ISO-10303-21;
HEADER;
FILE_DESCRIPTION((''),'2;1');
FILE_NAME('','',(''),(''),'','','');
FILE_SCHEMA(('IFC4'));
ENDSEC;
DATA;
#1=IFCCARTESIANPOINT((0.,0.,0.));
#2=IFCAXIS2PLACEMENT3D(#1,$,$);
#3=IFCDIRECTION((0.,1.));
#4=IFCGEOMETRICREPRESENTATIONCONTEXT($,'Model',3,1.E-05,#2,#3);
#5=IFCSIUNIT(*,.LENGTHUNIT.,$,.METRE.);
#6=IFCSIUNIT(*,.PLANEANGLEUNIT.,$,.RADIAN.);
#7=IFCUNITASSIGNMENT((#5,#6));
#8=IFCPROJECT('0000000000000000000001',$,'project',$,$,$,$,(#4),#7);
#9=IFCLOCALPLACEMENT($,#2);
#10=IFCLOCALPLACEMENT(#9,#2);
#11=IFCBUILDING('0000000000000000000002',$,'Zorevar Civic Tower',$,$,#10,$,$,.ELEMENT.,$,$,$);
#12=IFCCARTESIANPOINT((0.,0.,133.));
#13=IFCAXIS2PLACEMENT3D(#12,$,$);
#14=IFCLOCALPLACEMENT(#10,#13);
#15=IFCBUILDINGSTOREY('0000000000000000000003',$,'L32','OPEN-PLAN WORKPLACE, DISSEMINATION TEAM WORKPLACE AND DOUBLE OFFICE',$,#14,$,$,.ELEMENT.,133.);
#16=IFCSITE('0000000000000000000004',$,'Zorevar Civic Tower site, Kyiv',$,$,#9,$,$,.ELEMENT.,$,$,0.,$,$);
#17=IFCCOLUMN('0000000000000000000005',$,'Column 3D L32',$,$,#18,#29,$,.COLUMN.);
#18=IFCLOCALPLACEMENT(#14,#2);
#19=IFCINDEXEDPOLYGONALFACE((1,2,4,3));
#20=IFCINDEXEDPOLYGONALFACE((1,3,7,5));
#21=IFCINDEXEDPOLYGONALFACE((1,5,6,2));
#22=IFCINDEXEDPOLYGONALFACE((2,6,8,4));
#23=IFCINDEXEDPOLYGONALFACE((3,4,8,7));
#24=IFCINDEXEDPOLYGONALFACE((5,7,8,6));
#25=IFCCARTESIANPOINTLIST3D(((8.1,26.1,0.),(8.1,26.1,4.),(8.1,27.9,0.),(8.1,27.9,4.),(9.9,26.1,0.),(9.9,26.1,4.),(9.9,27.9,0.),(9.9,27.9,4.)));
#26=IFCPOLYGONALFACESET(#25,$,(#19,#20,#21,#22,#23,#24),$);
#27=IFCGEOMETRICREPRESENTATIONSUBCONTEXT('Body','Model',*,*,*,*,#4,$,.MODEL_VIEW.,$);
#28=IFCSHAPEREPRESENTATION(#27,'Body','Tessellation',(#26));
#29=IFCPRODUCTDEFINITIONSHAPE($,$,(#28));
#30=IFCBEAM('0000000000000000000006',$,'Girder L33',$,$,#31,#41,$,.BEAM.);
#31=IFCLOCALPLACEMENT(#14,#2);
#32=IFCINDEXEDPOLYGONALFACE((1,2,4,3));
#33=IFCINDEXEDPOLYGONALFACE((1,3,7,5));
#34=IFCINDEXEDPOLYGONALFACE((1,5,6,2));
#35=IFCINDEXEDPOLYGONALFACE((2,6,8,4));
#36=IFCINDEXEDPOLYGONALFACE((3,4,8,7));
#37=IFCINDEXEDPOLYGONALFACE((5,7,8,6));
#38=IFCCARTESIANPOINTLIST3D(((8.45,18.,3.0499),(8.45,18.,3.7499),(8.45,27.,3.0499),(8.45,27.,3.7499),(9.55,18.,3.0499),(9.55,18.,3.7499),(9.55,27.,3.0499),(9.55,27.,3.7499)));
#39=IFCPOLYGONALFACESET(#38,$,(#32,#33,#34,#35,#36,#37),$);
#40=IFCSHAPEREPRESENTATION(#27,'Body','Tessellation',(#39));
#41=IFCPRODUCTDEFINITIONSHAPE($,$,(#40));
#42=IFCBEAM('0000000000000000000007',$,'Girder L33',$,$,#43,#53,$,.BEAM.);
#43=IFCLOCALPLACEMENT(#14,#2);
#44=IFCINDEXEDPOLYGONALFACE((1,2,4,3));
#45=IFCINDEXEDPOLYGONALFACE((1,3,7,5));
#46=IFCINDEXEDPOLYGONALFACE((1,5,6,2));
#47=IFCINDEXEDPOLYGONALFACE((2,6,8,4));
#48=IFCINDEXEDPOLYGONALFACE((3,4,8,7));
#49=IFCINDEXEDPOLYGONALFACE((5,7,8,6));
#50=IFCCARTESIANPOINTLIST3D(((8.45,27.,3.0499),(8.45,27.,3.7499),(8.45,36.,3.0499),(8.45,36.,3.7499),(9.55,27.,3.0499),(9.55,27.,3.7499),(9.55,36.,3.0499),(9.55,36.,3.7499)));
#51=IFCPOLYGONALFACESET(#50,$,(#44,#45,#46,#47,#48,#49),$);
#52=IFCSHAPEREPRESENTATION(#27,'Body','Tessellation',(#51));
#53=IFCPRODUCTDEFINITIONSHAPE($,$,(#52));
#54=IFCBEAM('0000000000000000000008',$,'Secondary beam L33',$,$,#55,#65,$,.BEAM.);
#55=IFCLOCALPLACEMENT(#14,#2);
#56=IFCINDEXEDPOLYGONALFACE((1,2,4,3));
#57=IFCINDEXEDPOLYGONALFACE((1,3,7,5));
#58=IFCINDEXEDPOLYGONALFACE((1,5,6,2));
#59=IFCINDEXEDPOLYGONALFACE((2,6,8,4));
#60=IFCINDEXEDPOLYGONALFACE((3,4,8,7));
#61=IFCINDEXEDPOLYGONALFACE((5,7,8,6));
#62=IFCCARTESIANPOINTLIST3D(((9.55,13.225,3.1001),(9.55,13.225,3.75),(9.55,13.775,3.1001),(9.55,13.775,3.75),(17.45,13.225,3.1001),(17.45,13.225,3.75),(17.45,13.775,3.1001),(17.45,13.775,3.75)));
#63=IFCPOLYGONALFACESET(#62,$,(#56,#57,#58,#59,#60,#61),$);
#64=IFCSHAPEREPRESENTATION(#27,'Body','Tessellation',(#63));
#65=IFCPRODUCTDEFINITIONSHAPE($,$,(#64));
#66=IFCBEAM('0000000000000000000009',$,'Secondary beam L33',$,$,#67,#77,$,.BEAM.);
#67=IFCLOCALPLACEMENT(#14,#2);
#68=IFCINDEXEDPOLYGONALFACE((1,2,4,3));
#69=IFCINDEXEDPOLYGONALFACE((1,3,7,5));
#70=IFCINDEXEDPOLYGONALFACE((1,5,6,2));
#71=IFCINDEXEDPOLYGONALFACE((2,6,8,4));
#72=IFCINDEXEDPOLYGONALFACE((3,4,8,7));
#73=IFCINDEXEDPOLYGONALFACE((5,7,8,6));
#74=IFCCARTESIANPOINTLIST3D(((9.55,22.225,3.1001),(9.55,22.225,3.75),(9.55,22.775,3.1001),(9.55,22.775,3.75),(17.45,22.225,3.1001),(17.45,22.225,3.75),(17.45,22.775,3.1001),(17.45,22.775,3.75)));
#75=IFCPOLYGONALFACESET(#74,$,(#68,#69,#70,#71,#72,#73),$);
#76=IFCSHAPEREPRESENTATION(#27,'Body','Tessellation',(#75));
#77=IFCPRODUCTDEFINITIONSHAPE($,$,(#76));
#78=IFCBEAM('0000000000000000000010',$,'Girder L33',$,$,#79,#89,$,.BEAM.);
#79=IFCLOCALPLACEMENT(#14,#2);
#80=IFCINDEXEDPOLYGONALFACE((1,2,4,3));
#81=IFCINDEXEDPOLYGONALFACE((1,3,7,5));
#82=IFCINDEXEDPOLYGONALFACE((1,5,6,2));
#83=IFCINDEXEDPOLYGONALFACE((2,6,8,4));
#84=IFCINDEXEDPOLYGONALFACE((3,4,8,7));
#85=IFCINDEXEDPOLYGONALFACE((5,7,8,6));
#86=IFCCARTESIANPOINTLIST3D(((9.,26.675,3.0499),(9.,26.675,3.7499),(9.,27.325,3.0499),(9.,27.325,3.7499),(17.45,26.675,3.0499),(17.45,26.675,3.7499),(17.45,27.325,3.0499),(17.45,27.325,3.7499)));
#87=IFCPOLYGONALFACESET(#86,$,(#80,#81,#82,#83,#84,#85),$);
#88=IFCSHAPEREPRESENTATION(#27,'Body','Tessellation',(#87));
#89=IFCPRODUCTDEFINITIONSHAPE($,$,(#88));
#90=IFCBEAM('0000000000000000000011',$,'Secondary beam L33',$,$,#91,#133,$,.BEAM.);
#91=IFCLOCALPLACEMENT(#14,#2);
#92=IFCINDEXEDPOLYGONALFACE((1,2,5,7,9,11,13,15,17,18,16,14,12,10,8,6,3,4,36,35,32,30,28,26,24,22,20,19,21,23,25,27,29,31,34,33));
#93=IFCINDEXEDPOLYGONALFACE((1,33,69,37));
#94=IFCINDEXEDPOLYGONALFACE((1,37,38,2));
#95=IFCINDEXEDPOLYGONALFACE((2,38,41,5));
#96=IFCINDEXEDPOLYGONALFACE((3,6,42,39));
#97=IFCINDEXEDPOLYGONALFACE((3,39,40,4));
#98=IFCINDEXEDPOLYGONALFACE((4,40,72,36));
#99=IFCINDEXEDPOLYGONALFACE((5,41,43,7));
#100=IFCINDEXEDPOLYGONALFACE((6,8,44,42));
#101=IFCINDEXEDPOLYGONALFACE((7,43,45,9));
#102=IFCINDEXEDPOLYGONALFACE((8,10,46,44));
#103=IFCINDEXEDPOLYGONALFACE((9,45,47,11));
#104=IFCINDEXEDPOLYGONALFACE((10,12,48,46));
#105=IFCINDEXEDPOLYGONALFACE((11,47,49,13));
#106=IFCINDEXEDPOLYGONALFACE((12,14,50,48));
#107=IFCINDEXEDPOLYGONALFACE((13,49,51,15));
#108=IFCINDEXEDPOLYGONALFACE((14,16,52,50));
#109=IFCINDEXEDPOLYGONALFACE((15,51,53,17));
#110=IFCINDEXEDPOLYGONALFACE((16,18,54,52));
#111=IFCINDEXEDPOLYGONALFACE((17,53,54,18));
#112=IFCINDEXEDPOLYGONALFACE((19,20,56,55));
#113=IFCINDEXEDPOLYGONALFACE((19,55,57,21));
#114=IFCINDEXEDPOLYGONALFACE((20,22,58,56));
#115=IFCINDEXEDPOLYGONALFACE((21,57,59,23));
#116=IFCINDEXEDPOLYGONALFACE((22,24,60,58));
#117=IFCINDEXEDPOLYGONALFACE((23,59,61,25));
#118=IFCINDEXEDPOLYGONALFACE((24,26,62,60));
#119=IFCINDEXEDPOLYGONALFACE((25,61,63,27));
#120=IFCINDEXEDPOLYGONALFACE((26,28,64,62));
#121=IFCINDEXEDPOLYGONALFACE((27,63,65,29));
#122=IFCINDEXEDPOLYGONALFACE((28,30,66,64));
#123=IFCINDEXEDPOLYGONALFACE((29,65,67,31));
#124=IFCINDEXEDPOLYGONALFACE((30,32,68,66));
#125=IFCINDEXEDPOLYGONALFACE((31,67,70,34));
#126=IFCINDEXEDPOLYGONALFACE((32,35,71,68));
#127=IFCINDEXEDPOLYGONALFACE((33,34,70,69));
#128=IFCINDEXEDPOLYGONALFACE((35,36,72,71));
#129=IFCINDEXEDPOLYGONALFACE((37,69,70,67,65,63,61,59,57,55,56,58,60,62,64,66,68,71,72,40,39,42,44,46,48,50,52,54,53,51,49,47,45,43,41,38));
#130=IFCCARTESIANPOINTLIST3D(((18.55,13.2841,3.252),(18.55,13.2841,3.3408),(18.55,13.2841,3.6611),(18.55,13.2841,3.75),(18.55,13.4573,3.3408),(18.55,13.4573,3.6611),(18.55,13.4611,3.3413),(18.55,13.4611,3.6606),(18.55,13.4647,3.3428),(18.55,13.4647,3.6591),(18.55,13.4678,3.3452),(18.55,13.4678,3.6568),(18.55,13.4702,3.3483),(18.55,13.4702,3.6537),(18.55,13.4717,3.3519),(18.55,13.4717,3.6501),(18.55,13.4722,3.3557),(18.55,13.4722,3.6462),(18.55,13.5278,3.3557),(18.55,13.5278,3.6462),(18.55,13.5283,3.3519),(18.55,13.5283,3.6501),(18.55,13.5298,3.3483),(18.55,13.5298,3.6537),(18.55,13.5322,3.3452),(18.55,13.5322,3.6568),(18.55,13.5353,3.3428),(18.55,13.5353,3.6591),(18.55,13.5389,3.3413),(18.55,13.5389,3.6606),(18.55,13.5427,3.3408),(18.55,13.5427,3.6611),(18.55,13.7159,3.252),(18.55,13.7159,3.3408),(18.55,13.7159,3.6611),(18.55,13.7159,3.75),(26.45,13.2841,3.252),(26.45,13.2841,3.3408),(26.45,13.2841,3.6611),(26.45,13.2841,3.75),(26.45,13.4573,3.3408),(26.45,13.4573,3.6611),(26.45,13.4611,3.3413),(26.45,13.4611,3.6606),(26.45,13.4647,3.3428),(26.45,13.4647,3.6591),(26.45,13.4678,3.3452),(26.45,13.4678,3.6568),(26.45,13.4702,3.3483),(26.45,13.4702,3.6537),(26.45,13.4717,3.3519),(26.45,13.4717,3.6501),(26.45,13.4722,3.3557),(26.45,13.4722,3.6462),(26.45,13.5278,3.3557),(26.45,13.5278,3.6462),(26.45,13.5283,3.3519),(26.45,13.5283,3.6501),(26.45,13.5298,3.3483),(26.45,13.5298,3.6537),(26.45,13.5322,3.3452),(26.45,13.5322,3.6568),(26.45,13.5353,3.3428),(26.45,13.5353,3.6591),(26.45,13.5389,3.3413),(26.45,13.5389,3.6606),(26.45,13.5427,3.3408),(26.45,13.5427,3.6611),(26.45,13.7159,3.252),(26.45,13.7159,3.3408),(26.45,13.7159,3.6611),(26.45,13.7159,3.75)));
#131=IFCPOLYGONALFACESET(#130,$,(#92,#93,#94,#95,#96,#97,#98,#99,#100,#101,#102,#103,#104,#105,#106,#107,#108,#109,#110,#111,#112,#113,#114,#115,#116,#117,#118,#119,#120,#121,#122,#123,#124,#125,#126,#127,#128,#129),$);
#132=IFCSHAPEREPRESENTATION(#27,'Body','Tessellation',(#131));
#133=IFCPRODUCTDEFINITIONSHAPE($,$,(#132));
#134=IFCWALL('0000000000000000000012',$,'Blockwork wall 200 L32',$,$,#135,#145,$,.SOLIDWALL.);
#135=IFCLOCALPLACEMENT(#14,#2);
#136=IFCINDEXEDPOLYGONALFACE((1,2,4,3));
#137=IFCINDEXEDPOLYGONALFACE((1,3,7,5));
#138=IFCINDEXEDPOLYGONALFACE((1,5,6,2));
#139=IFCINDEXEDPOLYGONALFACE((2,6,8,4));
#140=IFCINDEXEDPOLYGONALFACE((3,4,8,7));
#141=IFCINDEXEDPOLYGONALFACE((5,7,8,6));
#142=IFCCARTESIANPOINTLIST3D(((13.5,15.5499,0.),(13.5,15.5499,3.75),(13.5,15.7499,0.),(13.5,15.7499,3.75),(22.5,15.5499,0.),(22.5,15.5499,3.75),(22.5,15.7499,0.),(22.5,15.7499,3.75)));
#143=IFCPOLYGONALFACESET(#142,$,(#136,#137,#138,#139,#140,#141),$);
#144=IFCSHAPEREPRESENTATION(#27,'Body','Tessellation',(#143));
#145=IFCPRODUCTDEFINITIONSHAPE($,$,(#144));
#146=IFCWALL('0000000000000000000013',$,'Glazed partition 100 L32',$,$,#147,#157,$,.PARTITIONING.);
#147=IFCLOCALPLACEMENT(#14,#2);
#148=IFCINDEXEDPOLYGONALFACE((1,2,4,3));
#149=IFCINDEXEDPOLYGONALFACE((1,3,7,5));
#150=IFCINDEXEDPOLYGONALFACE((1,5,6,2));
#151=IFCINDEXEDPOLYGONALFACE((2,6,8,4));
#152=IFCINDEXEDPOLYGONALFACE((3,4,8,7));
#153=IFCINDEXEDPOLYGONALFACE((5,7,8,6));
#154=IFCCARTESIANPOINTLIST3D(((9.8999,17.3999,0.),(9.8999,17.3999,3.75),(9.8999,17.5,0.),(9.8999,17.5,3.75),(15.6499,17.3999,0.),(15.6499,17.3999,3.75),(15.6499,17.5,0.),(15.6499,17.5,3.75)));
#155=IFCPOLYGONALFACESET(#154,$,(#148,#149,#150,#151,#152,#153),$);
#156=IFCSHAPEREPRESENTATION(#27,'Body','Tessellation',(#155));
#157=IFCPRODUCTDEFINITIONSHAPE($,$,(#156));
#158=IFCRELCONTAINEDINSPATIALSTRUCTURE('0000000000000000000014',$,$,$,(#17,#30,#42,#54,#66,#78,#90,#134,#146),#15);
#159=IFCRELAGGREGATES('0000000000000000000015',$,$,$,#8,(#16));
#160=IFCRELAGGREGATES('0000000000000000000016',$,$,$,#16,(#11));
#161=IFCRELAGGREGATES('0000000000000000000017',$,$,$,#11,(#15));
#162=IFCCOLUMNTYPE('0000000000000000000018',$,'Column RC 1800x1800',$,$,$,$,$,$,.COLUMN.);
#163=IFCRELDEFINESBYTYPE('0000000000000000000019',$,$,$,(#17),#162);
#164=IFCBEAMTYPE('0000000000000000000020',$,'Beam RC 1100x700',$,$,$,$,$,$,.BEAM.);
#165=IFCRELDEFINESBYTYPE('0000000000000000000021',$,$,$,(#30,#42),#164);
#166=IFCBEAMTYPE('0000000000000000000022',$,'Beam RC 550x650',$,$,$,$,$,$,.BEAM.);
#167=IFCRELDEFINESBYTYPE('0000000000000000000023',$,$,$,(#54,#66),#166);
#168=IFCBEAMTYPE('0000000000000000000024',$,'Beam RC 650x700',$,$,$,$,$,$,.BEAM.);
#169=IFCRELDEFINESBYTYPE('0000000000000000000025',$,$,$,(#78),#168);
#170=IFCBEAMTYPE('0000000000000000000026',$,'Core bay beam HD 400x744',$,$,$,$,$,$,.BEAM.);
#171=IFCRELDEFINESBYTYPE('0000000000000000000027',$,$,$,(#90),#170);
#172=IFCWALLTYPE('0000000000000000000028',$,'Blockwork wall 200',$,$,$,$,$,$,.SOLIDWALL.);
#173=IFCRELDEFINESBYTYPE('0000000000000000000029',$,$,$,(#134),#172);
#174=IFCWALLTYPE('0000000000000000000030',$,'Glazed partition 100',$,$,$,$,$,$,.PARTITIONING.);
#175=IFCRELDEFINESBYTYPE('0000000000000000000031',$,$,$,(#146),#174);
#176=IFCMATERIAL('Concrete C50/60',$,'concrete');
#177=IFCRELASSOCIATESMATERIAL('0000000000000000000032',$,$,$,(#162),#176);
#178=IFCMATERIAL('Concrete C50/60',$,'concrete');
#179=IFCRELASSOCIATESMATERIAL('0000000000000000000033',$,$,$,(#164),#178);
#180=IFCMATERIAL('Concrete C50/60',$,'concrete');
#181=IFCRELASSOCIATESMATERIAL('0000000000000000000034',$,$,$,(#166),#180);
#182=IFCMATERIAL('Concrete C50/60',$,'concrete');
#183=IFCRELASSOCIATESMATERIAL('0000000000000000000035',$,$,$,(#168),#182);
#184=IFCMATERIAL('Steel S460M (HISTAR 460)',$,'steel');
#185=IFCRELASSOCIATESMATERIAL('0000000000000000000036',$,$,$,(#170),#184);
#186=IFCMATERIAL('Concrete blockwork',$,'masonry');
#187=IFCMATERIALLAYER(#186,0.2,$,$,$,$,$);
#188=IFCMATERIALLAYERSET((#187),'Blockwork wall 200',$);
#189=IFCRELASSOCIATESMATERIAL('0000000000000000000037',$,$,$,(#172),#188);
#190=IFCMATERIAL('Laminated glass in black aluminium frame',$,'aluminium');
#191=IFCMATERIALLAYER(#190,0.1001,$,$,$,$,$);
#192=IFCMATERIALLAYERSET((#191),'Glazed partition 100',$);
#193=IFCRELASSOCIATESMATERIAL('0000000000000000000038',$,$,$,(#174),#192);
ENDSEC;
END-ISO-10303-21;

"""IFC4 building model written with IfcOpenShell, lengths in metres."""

from ifc_helpers import new_model, si_unit, direction, frame, frame_2d, origin, origin_2d, place, context, subcontext, project, spatial, rectangle, i_section, extrude, material, layer, layer_set, material_profile, profile_set, type_object, element, save


model = new_model("IFC4")

# Units and contexts
model_context = context("Model", 3, precision=1e-05, world=origin(), true_north=direction((0.0, 1.0)))
body_context = subcontext(model_context, "Body", "Model", "MODEL_VIEW")
ifc_project = project(units=[si_unit("LENGTHUNIT", "METRE"), si_unit("PLANEANGLEUNIT", "RADIAN")], contexts=[model_context])

# Site, building, storey
site_placement = place(None, origin())
site = spatial("IfcSite", under=ifc_project, at=site_placement, Name="Zorevar Civic Tower site, Kyiv", CompositionType="ELEMENT", RefElevation=0.0)
building_placement = place(site_placement, origin())
building = spatial("IfcBuilding", under=site, at=building_placement, Name="Zorevar Civic Tower", CompositionType="ELEMENT")
storey_placement = place(building_placement, frame((0.0, 0.0, 133.0)))
storey = spatial("IfcBuildingStorey", under=building, at=storey_placement, Name="L32", Description="OPEN-PLAN WORKPLACE, DISSEMINATION TEAM WORKPLACE AND DOUBLE OFFICE", CompositionType="ELEMENT", Elevation=133.0)

# Column
ifc_material_1 = material(Name="Concrete C50/60", Category="concrete")
ifc_material_profile_1 = material_profile(ifc_material_1, rectangle(XDim=1.8, YDim=1.8, at=origin_2d()), Name="RC 1800x1800")
ifc_profile_set_1 = profile_set([ifc_material_profile_1], Name="Concrete C50/60")
column_type = type_object("IfcColumnType", Name="Column RC 1800x1800", PredefinedType="COLUMN", material=ifc_profile_set_1)
column_placement = place(storey_placement, frame((9.0, 27.0, 0.0), z_axis=(0.0, 0.0, 1.0), x_axis=(1.0, 0.0, 0.0)))
element("IfcColumn", 1, at=column_placement, inside=storey, type_object=column_type, Name="Column 3D L32", PredefinedType="COLUMN", context=body_context, shape_type="SweptSolid", body=[
    extrude(rectangle(XDim=1.8, YDim=1.8, at=origin_2d()), origin(), (0.0, 0.0, 1.0), 4.0),
])

# Beams
ifc_material_2 = material(Name="Concrete C50/60", Category="concrete")
ifc_material_profile_2 = material_profile(ifc_material_2, rectangle(XDim=1.1001, YDim=0.7, at=origin_2d()), Name="RC 1100x700")
ifc_profile_set_2 = profile_set([ifc_material_profile_2], Name="Concrete C50/60")
beam_type_1 = type_object("IfcBeamType", Name="Beam RC 1100x700", PredefinedType="BEAM", material=ifc_profile_set_2)
for number, where, z_axis, x_axis, name in (
    (2, (9.0, 18.0, 3.3999), (0.0, 1.0, 0.0), (-1.0, 0.0, 0.0), "Girder L33"),
    (3, (9.0, 27.0, 3.3999), (0.0, 1.0, 0.0), (-1.0, 0.0, 0.0), "Girder L33"),
):
    element("IfcBeam", number, at=place(storey_placement, frame(where, z_axis=z_axis, x_axis=x_axis)), inside=storey, type_object=beam_type_1, Name=name, PredefinedType="BEAM", context=body_context, shape_type="SweptSolid", body=[
        extrude(rectangle(XDim=1.1001, YDim=0.7, at=origin_2d()), origin(), (0.0, 0.0, 1.0), 9.0),
    ])
ifc_material_3 = material(Name="Concrete C50/60", Category="concrete")
ifc_material_profile_3 = material_profile(ifc_material_3, rectangle(XDim=0.55, YDim=0.6499, at=origin_2d()), Name="RC 550x650")
ifc_profile_set_3 = profile_set([ifc_material_profile_3], Name="Concrete C50/60")
beam_type_2 = type_object("IfcBeamType", Name="Beam RC 550x650", PredefinedType="BEAM", material=ifc_profile_set_3)
for number, where, z_axis, x_axis, name in (
    (4, (9.55, 13.5, 3.425), (1.0, 0.0, 0.0), (0.0, 1.0, 0.0), "Secondary beam L33"),
    (5, (9.55, 22.5, 3.425), (1.0, 0.0, 0.0), (0.0, 1.0, 0.0), "Secondary beam L33"),
):
    element("IfcBeam", number, at=place(storey_placement, frame(where, z_axis=z_axis, x_axis=x_axis)), inside=storey, type_object=beam_type_2, Name=name, PredefinedType="BEAM", context=body_context, shape_type="SweptSolid", body=[
        extrude(rectangle(XDim=0.55, YDim=0.6499, at=origin_2d()), origin(), (0.0, 0.0, 1.0), 7.8999),
    ])
ifc_material_4 = material(Name="Concrete C50/60", Category="concrete")
ifc_material_profile_4 = material_profile(ifc_material_4, rectangle(XDim=0.6499, YDim=0.7, at=origin_2d()), Name="RC 650x700")
ifc_profile_set_4 = profile_set([ifc_material_profile_4], Name="Concrete C50/60")
beam_type_3 = type_object("IfcBeamType", Name="Beam RC 650x700", PredefinedType="BEAM", material=ifc_profile_set_4)
beam_1_placement = place(storey_placement, frame((9.0, 27.0, 3.3999), z_axis=(1.0, 0.0, 0.0), x_axis=(0.0, 1.0, 0.0)))
element("IfcBeam", 6, at=beam_1_placement, inside=storey, type_object=beam_type_3, Name="Girder L33", PredefinedType="BEAM", context=body_context, shape_type="SweptSolid", body=[
    extrude(rectangle(XDim=0.6499, YDim=0.7, at=origin_2d()), origin(), (0.0, 0.0, 1.0), 8.45),
])
ifc_material_5 = material(Name="Steel S460M (HISTAR 460)", Category="steel")
ifc_material_profile_5 = material_profile(ifc_material_5, i_section(OverallWidth=0.4319, OverallDepth=0.498, WebThickness=0.0557, FlangeThickness=0.0889, FilletRadius=0.0149, at=origin_2d()), Name="HD 400x744")
ifc_profile_set_5 = profile_set([ifc_material_profile_5], Name="Steel S460M (HISTAR 460)")
beam_type_4 = type_object("IfcBeamType", Name="Core bay beam HD 400x744", PredefinedType="BEAM", material=ifc_profile_set_5)
beam_2_placement = place(storey_placement, frame((18.55, 13.5, 3.501), z_axis=(1.0, 0.0, 0.0), x_axis=(0.0, 1.0, 0.0)))
element("IfcBeam", 7, at=beam_2_placement, inside=storey, type_object=beam_type_4, Name="Secondary beam L33", PredefinedType="BEAM", context=body_context, shape_type="SweptSolid", body=[
    extrude(i_section(OverallWidth=0.4319, OverallDepth=0.498, WebThickness=0.0557, FlangeThickness=0.0889, FilletRadius=0.0149, at=origin_2d()), origin(), (0.0, 0.0, 1.0), 7.8999),
])

# Wall
ifc_material_6 = material(Name="Concrete blockwork", Category="masonry")
ifc_layer_1 = layer(ifc_material_6, 0.2)
ifc_layer_set_1 = layer_set([ifc_layer_1], Name="Blockwork wall 200")
wall_type_1 = type_object("IfcWallType", Name="Blockwork wall 200", PredefinedType="SOLIDWALL", material=ifc_layer_set_1)
wall_1_placement = place(storey_placement, frame((13.5, 15.6499, 0.0), z_axis=(0.0, 0.0, 1.0), x_axis=(1.0, 0.0, 0.0)))
element("IfcWall", 8, at=wall_1_placement, inside=storey, type_object=wall_type_1, Name="Blockwork wall 200 L32", PredefinedType="SOLIDWALL", context=body_context, shape_type="SweptSolid", body=[
    extrude(rectangle(XDim=9.0, YDim=0.2, at=frame_2d((4.5, 0.0))), origin(), (0.0, 0.0, 1.0), 3.75),
])

# Wall
ifc_material_7 = material(Name="Laminated glass in black aluminium frame", Category="aluminium")
ifc_layer_2 = layer(ifc_material_7, 0.1001)
ifc_layer_set_2 = layer_set([ifc_layer_2], Name="Glazed partition 100")
wall_type_2 = type_object("IfcWallType", Name="Glazed partition 100", PredefinedType="PARTITIONING", material=ifc_layer_set_2)
wall_2_placement = place(storey_placement, frame((9.8999, 17.45, 0.0), z_axis=(0.0, 0.0, 1.0), x_axis=(1.0, 0.0, 0.0)))
element("IfcWall", 9, at=wall_2_placement, inside=storey, type_object=wall_type_2, Name="Glazed partition 100 L32", PredefinedType="PARTITIONING", context=body_context, shape_type="SweptSolid", body=[
    extrude(rectangle(XDim=5.75, YDim=0.1001, at=frame_2d((2.875, 0.0))), origin(), (0.0, 0.0, 1.0), 3.75),
])

save(model, "model.ifc")
